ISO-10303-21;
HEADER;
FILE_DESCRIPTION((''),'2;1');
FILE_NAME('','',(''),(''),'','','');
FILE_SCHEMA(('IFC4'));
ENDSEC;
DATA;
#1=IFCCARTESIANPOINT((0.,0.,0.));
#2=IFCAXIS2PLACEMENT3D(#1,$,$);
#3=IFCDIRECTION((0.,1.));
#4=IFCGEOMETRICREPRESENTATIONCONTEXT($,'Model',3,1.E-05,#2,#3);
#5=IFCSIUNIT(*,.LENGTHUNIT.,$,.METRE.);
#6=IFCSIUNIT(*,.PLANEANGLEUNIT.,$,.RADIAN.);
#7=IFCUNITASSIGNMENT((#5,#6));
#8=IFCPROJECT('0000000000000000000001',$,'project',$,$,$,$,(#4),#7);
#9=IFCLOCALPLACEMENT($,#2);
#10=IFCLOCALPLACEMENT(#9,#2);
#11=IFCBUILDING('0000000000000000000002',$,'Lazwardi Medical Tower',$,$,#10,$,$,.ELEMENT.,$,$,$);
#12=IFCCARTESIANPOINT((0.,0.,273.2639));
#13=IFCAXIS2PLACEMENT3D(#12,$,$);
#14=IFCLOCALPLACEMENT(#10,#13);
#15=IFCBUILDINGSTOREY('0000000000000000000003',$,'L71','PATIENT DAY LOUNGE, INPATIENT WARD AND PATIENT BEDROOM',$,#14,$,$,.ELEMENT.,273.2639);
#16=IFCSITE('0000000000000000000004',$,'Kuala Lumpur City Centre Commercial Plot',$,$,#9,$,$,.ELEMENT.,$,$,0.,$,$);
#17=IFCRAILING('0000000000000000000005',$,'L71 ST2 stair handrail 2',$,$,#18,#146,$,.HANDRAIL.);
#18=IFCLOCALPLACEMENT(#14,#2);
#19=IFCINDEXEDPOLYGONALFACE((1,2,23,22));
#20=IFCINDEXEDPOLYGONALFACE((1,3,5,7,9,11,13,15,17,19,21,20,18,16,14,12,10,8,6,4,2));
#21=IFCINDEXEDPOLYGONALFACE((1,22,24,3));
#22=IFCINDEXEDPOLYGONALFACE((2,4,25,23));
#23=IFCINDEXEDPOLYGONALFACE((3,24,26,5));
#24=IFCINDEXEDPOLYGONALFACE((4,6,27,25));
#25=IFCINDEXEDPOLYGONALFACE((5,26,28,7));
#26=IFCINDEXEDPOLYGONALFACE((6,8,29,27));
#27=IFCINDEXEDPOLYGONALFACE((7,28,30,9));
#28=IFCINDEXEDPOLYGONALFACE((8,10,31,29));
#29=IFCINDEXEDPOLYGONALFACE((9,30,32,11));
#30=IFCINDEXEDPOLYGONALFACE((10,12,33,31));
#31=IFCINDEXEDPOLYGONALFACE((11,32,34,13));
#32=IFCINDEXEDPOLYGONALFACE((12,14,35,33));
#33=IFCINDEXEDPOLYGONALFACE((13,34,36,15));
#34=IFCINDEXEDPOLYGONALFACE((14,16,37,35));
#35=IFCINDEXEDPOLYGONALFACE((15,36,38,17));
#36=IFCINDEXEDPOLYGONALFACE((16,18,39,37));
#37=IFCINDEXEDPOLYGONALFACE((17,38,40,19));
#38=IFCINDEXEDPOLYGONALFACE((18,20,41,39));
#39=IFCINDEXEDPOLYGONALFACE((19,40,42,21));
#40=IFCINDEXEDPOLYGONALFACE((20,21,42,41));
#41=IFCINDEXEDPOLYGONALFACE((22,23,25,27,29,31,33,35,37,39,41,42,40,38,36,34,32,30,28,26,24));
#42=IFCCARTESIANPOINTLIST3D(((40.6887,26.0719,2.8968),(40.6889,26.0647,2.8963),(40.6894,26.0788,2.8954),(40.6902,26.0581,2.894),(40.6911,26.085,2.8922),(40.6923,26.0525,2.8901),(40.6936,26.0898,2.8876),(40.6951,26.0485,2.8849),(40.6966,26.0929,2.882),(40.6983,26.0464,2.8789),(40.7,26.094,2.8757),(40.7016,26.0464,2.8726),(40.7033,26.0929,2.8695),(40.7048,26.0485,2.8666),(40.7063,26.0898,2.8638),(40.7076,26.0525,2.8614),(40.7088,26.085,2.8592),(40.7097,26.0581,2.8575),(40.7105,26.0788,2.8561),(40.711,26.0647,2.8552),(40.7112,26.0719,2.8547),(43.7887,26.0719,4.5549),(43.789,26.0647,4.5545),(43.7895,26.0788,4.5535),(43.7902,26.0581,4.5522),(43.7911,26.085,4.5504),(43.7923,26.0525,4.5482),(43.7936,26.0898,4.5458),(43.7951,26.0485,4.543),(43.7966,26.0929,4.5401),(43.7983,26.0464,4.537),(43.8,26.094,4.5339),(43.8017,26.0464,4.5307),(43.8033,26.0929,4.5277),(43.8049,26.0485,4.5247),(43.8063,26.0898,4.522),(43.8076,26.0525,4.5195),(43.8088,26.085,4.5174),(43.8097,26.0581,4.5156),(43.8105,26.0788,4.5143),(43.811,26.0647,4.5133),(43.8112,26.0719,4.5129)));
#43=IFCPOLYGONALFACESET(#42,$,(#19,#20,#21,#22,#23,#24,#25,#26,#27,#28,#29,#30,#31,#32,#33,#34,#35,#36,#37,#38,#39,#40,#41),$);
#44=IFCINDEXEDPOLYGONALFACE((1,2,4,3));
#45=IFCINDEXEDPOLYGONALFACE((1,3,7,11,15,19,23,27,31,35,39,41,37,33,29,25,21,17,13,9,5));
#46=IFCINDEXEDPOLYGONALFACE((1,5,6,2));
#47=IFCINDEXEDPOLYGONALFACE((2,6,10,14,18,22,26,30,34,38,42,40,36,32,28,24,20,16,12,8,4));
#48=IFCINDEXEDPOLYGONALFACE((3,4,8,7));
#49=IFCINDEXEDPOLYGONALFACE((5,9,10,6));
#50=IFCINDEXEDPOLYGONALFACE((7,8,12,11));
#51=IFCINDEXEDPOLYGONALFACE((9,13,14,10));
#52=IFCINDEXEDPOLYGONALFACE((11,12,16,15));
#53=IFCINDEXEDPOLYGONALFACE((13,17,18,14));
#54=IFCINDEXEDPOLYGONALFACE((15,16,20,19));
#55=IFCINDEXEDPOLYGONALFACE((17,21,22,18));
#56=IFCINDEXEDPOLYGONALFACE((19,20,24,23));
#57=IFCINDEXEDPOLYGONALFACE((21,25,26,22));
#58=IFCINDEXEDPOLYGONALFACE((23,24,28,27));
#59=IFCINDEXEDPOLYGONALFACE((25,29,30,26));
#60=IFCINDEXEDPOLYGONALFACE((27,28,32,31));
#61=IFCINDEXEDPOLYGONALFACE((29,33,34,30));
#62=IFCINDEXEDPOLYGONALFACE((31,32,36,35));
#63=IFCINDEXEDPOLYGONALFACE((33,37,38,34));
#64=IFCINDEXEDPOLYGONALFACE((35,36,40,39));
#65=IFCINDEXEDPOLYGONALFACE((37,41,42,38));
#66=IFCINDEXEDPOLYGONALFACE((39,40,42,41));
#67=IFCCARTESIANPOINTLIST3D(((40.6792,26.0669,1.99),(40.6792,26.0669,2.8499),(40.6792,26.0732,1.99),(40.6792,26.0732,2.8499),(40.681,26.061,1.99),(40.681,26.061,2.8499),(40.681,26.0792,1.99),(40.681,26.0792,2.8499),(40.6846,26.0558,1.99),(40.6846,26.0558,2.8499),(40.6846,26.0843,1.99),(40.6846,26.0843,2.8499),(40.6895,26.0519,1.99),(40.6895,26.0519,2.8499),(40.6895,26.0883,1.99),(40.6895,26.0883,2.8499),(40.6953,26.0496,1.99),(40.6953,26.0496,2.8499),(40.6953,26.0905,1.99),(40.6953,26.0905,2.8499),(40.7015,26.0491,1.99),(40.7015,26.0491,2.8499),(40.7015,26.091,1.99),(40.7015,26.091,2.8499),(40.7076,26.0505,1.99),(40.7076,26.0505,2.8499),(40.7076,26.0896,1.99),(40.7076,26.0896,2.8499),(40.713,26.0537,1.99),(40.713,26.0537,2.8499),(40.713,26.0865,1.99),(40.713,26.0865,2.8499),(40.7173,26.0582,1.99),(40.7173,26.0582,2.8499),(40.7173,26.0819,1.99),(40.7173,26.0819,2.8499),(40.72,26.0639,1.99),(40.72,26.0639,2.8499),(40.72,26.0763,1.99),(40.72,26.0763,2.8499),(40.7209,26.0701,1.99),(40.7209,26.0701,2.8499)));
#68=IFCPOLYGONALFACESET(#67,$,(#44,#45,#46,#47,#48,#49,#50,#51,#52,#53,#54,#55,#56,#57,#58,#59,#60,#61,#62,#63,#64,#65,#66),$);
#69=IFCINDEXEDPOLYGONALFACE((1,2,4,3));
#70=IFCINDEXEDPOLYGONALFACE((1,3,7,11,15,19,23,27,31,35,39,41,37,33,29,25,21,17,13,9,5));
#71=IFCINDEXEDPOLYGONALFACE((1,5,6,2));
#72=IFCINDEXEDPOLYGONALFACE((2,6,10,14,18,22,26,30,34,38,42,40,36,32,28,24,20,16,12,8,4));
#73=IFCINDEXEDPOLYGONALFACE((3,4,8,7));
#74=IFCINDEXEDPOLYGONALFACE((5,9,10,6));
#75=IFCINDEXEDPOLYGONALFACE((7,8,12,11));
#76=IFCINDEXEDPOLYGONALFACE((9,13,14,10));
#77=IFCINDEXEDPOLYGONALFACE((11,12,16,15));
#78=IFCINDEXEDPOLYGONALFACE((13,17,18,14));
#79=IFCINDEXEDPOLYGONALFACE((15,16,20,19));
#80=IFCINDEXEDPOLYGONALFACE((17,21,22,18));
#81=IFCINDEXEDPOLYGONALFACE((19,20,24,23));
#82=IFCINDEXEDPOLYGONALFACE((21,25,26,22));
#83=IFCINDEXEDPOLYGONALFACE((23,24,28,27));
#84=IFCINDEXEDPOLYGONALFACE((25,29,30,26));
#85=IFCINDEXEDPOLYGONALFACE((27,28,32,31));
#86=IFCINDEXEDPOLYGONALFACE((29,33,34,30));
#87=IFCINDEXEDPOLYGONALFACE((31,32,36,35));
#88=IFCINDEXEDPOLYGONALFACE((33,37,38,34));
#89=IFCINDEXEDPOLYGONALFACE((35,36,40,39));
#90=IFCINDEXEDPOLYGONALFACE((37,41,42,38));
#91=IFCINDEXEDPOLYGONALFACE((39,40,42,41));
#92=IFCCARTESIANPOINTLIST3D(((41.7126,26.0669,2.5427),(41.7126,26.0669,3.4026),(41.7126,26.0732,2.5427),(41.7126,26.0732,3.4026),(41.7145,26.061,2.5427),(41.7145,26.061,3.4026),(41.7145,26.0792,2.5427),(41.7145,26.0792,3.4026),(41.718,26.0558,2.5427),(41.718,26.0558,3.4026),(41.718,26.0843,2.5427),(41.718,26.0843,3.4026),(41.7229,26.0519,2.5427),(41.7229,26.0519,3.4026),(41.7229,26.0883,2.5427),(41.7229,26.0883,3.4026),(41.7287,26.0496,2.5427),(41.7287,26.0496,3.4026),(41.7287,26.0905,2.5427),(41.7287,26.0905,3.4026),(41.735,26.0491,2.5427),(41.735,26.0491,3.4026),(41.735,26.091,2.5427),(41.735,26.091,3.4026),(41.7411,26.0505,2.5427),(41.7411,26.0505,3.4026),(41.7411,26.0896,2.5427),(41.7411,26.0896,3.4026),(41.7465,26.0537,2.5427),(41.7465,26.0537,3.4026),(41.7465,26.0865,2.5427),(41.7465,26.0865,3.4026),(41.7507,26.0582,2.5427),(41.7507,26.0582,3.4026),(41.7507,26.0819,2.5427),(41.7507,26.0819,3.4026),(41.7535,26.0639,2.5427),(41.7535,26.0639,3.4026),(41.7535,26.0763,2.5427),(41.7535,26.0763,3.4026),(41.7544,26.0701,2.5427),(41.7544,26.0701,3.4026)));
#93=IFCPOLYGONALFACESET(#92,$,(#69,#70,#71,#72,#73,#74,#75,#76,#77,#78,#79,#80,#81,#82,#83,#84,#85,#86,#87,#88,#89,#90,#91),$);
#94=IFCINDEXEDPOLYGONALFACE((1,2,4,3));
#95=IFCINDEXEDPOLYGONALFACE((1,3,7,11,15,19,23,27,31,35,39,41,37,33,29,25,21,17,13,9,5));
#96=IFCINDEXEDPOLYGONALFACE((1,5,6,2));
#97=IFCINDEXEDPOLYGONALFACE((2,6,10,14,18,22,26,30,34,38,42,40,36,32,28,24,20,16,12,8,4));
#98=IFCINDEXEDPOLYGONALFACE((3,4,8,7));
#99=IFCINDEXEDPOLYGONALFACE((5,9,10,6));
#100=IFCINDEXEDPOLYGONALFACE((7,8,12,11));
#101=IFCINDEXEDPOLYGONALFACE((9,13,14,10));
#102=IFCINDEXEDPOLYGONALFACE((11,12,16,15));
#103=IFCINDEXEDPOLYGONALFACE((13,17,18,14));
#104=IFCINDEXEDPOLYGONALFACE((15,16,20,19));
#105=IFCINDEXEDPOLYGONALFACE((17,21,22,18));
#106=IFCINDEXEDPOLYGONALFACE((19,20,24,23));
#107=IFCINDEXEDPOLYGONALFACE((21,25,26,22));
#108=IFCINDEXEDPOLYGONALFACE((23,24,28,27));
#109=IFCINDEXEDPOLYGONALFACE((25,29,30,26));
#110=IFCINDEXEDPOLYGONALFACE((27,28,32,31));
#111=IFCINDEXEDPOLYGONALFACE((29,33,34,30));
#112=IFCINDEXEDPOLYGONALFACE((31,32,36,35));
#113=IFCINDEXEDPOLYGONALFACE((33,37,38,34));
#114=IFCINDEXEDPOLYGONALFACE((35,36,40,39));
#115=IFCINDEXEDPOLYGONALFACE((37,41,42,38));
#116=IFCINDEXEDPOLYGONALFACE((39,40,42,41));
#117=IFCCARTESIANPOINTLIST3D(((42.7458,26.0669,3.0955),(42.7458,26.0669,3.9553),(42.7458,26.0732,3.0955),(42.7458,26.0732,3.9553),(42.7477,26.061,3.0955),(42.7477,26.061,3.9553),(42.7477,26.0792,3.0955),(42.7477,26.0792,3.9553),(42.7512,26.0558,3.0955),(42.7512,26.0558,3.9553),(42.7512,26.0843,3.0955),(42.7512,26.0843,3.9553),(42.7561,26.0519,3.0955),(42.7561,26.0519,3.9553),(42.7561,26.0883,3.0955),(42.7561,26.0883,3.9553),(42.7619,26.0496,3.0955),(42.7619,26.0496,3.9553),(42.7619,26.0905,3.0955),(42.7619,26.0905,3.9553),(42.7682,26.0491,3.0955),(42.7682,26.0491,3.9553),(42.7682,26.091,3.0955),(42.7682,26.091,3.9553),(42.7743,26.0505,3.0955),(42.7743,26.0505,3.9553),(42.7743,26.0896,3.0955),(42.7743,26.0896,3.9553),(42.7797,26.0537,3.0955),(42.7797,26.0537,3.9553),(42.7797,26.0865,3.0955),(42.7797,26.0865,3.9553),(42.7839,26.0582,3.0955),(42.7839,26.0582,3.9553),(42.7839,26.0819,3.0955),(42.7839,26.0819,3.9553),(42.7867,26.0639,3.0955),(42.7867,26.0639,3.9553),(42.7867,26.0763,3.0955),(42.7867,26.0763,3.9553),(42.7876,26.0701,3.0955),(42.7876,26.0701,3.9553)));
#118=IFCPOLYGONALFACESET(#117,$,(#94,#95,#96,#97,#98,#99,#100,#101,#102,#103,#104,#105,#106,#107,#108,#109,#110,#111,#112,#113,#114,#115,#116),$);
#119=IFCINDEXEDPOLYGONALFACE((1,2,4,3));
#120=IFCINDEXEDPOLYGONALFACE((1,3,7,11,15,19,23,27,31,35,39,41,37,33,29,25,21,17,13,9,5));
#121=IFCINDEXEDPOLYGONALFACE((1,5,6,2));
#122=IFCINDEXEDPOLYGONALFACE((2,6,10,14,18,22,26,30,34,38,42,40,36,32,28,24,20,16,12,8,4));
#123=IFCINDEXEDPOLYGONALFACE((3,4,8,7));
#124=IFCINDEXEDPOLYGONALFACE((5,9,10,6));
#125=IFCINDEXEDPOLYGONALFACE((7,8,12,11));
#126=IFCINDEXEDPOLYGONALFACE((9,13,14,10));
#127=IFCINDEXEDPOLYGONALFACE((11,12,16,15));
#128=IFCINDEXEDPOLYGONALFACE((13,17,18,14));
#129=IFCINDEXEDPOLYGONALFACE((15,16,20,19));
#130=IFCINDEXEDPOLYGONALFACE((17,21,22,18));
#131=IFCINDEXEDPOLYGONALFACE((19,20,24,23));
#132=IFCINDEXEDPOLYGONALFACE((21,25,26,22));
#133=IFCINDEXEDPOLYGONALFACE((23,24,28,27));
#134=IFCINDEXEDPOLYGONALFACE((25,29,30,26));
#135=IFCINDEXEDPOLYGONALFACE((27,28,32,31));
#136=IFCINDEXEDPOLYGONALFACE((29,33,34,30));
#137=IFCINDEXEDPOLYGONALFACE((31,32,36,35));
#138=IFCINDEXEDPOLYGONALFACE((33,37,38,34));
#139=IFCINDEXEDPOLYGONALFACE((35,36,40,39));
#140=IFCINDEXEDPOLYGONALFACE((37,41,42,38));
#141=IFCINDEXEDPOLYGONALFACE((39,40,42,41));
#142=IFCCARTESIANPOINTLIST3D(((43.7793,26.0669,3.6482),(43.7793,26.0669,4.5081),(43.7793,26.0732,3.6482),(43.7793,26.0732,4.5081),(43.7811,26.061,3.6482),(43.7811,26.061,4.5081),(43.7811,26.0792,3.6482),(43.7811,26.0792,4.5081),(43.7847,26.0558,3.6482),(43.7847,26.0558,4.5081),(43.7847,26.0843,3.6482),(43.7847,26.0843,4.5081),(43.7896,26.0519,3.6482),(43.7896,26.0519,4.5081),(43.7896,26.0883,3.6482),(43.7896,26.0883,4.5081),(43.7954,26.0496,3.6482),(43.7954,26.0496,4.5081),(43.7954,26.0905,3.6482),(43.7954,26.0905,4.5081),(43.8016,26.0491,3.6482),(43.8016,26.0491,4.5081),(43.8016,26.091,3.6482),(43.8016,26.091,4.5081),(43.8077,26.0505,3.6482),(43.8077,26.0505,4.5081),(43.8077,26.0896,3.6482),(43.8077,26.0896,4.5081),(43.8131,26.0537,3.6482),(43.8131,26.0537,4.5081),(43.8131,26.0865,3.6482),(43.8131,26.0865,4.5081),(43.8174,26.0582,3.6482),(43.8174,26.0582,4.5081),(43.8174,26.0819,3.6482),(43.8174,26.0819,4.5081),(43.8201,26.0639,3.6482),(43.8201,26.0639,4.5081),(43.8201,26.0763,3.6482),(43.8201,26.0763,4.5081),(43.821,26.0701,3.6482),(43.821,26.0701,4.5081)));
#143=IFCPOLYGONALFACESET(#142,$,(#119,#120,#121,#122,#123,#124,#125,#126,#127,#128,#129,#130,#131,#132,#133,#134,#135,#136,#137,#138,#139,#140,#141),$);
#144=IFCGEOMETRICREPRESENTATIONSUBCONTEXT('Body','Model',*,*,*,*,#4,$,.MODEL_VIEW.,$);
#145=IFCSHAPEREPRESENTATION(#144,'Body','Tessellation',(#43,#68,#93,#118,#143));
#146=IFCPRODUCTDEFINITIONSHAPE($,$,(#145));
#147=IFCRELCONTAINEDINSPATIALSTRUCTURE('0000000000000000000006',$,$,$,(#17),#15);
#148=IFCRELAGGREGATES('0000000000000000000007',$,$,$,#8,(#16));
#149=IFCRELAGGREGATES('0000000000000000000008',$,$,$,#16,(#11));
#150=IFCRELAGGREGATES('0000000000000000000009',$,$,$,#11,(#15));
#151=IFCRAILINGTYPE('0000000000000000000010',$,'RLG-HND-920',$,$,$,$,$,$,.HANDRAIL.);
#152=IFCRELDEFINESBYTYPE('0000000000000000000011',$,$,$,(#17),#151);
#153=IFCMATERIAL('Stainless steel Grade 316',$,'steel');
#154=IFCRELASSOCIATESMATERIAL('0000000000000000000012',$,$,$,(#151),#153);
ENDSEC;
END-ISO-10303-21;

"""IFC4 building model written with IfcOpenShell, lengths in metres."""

from ifc_helpers import new_model, si_unit, direction, frame, origin, origin_2d, place, context, subcontext, project, spatial, circle, extrude, material, type_object, element, save


model = new_model("IFC4")

# Units and contexts
model_context = context("Model", 3, precision=1e-05, world=origin(), true_north=direction((0.0, 1.0)))
body_context = subcontext(model_context, "Body", "Model", "MODEL_VIEW")
ifc_project = project(units=[si_unit("LENGTHUNIT", "METRE"), si_unit("PLANEANGLEUNIT", "RADIAN")], contexts=[model_context])

# Site, building, storey
site_placement = place(None, origin())
site = spatial("IfcSite", under=ifc_project, at=site_placement, Name="Kuala Lumpur City Centre Commercial Plot", CompositionType="ELEMENT", RefElevation=0.0)
building_placement = place(site_placement, origin())
building = spatial("IfcBuilding", under=site, at=building_placement, Name="Lazwardi Medical Tower", CompositionType="ELEMENT")
storey_placement = place(building_placement, frame((0.0, 0.0, 273.2639)))
storey = spatial("IfcBuildingStorey", under=building, at=storey_placement, Name="L71", Description="PATIENT DAY LOUNGE, INPATIENT WARD AND PATIENT BEDROOM", CompositionType="ELEMENT", Elevation=273.2639)

# Railing
ifc_material_1 = material(Name="Stainless steel Grade 316", Category="steel")
railing_type_1 = type_object("IfcRailingType", Name="RLG-HND-920", PredefinedType="HANDRAIL", material=ifc_material_1)
railing_1_placement = place(storey_placement, frame((40.7, 26.0701, 1.99)))
element("IfcRailing", 1, at=railing_1_placement, inside=storey, type_object=railing_type_1, Name="L71 ST2 stair handrail 2", PredefinedType="HANDRAIL", context=body_context, shape_type="SweptSolid", body=[
    extrude(circle(Radius=0.0239, at=origin_2d()), frame((0.0, 0.0, 0.8857), z_axis=(0.881783, 0.0, 0.471655), x_axis=(0.0, 1.0, 0.0)), (0.0, 0.0, 1.0), 3.5156),
    extrude(circle(Radius=0.021, at=origin_2d()), origin(), (0.0, 0.0, 1.0), 0.8599),
    extrude(circle(Radius=0.021, at=origin_2d()), frame((1.0334, 0.0, 0.5527)), (0.0, 0.0, 1.0), 0.8599),
    extrude(circle(Radius=0.021, at=origin_2d()), frame((2.0667, 0.0, 1.1055)), (0.0, 0.0, 1.0), 0.8599),
    extrude(circle(Radius=0.021, at=origin_2d()), frame((3.1001, 0.0, 1.6582)), (0.0, 0.0, 1.0), 0.8599),
])

save(model, "model.ifc")
